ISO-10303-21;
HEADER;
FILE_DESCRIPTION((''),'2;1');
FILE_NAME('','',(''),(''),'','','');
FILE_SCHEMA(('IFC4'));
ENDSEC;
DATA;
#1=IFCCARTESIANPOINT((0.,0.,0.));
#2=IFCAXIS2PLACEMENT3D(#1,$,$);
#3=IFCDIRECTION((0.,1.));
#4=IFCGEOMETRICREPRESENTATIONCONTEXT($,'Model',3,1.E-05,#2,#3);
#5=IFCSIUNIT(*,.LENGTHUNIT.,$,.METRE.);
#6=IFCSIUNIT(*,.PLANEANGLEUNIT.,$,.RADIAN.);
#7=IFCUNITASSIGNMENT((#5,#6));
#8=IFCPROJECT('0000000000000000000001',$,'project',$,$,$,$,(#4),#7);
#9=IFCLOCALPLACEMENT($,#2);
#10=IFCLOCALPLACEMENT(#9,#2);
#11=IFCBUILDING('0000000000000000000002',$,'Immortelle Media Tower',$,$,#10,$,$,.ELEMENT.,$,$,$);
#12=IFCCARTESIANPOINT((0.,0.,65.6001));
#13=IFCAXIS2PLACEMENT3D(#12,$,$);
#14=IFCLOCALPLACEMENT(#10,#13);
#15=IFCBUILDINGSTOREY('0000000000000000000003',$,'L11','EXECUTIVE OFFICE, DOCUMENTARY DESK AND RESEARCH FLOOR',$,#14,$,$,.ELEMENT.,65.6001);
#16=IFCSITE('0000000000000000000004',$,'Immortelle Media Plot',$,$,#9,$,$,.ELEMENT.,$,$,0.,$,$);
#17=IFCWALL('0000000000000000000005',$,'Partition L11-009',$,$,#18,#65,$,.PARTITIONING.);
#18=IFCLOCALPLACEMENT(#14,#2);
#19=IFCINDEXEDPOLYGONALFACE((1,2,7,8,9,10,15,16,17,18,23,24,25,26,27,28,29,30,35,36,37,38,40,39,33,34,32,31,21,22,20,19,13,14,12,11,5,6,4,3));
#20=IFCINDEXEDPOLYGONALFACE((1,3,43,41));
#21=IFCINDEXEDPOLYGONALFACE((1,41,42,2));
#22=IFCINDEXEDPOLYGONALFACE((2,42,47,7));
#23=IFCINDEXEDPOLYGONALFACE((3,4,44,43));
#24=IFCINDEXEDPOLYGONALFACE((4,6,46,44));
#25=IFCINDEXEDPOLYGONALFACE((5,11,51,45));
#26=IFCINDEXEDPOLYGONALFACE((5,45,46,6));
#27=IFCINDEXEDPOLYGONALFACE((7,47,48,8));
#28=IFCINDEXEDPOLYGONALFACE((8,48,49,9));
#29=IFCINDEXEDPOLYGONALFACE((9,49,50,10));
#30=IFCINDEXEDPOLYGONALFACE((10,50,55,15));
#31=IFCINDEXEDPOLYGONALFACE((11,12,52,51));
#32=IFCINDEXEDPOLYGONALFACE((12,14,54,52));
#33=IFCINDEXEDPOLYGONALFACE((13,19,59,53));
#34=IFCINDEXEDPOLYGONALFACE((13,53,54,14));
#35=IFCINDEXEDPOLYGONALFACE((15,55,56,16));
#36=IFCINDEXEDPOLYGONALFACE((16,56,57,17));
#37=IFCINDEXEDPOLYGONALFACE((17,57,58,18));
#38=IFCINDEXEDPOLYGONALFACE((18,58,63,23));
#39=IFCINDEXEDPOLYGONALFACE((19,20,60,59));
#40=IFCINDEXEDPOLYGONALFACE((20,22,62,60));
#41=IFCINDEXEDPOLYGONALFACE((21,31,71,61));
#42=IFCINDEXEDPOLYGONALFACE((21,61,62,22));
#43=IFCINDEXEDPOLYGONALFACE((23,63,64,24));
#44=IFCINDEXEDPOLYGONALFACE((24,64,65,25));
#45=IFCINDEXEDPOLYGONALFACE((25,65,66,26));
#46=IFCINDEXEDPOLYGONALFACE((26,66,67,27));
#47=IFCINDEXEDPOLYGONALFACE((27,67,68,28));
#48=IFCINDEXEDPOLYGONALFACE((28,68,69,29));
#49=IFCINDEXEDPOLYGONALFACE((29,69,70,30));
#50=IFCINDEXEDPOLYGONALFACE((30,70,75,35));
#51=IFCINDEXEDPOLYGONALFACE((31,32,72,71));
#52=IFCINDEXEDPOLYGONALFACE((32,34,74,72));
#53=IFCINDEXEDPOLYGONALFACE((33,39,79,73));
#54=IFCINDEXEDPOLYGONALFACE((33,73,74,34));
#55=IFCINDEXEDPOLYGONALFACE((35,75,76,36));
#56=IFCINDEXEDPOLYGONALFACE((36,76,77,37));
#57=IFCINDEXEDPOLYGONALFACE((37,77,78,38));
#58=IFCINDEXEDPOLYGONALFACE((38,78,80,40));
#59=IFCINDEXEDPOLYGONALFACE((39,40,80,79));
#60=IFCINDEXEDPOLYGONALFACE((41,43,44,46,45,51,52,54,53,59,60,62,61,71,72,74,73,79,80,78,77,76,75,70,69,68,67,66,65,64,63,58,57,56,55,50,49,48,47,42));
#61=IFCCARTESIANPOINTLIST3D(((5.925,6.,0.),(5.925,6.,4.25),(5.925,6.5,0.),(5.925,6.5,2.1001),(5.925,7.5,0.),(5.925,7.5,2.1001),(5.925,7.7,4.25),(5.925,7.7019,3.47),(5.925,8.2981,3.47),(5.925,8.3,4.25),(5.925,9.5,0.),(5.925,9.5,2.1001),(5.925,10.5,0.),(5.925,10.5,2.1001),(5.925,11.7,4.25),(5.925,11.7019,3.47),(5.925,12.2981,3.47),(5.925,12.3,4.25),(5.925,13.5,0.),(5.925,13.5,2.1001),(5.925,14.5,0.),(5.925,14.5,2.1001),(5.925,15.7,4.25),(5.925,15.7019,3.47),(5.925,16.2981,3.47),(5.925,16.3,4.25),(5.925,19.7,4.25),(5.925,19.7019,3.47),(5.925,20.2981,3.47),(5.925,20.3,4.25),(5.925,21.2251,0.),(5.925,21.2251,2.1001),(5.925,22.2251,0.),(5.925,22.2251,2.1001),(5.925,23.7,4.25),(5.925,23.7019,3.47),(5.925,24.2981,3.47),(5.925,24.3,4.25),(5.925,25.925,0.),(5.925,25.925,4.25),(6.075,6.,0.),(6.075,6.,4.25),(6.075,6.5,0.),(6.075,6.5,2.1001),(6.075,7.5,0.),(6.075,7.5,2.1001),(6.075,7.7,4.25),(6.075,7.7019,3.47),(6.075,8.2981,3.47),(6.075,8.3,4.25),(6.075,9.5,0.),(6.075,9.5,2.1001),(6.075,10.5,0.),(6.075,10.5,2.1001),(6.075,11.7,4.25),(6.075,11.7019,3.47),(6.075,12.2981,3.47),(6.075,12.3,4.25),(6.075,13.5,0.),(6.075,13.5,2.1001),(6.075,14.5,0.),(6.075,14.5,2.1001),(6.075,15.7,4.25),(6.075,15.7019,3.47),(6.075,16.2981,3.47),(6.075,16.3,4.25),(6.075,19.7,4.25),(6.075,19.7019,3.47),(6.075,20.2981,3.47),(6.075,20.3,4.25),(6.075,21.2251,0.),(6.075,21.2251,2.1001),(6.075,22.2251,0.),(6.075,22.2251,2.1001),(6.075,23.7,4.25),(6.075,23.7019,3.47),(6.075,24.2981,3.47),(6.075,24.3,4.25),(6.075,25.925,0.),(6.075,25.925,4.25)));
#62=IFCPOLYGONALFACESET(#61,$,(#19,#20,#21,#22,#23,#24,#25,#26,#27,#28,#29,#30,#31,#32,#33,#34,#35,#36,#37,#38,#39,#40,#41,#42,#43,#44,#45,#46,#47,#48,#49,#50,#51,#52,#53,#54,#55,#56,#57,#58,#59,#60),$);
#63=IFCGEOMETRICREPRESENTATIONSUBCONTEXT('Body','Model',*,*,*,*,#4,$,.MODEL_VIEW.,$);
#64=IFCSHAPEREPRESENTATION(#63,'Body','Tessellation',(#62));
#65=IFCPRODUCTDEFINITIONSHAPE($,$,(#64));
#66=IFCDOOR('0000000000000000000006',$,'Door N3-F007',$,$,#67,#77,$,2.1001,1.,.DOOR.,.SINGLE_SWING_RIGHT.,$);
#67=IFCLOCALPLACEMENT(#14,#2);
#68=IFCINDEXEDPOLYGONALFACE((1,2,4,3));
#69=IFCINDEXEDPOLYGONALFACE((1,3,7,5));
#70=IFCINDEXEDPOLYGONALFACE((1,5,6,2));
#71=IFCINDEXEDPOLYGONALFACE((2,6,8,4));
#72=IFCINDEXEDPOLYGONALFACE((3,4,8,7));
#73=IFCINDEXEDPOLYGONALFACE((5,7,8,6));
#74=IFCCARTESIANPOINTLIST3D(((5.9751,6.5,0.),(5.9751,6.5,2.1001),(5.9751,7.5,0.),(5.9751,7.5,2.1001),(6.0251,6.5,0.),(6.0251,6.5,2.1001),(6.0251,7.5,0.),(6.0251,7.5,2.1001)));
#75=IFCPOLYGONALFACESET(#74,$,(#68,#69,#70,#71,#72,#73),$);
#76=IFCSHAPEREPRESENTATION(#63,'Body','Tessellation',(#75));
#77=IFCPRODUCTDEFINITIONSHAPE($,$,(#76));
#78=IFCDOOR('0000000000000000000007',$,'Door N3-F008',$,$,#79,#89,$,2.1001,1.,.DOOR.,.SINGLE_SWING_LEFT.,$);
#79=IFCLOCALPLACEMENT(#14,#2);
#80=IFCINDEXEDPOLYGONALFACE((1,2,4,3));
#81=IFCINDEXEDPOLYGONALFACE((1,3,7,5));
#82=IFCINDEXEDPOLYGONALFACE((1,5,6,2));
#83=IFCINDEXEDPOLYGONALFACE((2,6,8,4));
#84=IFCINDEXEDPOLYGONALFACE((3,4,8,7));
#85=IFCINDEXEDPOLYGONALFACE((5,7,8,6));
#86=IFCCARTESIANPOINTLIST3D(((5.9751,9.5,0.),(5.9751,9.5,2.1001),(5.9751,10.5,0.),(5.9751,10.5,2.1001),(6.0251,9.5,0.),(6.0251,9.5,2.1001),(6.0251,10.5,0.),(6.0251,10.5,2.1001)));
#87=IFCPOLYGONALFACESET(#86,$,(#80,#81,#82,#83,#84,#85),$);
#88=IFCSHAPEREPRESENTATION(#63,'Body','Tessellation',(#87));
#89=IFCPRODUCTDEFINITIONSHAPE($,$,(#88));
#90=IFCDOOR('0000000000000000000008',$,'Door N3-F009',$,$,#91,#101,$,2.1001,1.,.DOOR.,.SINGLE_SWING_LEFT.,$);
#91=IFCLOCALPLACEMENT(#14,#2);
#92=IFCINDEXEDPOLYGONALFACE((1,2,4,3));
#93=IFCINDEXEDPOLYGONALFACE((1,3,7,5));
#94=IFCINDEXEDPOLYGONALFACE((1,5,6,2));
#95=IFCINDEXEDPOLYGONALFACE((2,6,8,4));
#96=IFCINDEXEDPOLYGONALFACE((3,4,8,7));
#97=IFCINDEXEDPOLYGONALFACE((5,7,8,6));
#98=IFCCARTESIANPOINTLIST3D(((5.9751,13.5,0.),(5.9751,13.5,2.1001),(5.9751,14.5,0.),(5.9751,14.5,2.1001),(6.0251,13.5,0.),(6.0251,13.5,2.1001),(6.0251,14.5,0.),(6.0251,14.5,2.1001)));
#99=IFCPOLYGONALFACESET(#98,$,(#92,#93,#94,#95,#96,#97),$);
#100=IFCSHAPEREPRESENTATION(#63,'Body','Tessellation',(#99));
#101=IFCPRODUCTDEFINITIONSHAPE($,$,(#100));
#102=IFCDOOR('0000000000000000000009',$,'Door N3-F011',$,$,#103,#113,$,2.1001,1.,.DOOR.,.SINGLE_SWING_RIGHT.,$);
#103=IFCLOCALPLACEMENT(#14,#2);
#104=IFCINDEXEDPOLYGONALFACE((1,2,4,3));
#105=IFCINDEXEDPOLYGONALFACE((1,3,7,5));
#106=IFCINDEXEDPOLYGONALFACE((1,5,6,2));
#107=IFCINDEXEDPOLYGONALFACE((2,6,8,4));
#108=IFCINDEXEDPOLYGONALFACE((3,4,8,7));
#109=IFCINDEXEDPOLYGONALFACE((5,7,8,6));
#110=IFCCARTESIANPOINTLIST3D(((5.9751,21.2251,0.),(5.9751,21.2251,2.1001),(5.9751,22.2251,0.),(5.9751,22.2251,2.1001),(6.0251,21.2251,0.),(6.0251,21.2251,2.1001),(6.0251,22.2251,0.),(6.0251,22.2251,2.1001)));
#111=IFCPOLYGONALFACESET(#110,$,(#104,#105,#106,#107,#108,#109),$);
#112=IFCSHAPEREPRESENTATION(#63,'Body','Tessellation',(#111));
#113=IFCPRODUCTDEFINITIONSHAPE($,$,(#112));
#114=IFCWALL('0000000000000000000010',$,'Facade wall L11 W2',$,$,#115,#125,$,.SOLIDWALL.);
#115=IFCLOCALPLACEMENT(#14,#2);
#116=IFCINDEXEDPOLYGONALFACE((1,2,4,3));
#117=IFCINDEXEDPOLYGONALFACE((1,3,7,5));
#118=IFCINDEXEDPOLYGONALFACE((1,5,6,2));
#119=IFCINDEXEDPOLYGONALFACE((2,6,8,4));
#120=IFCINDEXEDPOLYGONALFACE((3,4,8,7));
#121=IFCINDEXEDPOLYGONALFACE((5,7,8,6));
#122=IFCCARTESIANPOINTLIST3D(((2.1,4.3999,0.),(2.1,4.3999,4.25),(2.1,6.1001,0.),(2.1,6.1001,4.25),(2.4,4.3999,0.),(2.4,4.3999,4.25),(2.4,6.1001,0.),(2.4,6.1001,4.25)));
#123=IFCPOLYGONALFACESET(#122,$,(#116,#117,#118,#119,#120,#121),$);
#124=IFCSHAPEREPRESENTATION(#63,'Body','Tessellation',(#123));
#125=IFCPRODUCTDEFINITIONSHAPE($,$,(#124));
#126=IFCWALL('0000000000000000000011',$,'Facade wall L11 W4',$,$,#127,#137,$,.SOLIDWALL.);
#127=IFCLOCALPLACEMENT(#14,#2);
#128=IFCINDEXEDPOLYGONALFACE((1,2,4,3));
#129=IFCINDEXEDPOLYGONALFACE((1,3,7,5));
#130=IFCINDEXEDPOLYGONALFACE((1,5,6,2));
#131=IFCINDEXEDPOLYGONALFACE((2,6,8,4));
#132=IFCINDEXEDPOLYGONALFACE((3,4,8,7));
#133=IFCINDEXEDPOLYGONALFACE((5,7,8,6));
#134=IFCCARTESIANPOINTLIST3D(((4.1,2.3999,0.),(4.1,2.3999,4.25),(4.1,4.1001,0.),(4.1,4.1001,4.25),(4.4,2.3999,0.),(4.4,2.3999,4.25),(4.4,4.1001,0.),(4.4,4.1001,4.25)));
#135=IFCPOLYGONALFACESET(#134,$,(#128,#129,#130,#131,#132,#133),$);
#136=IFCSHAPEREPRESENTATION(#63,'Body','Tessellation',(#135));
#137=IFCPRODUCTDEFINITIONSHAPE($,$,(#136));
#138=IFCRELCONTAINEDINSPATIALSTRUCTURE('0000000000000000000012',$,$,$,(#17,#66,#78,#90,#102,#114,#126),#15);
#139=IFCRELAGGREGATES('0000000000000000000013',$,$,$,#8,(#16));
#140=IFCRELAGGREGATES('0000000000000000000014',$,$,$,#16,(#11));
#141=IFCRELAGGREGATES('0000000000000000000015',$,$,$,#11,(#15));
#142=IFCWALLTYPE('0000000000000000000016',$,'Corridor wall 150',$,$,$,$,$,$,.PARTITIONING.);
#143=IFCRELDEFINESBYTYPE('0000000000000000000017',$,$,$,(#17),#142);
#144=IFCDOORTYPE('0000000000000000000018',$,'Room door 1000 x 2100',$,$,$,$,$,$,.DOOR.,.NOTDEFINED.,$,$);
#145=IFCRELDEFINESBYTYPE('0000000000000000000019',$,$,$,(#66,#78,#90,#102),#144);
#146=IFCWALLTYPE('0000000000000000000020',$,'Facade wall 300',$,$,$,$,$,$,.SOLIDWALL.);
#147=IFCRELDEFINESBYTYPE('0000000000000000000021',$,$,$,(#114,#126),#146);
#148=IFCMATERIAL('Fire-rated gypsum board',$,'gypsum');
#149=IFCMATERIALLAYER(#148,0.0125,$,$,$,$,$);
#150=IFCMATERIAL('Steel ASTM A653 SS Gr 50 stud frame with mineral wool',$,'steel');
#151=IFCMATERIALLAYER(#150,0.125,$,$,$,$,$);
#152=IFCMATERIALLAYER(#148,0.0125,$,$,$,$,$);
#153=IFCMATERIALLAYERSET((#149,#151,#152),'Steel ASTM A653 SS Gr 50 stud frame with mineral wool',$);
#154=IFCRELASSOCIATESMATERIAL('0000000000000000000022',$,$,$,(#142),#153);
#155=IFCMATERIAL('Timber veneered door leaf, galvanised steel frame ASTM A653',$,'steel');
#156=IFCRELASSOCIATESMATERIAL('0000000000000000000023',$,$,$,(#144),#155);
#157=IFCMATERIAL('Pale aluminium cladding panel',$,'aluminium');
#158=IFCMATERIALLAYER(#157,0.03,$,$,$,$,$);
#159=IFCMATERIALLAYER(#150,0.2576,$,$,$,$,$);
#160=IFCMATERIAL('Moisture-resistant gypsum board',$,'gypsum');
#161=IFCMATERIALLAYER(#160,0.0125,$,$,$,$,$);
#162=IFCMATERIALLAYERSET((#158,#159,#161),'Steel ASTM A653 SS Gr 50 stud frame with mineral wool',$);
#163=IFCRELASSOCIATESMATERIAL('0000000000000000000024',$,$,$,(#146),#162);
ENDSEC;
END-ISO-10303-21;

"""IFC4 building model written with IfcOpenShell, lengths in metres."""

from ifc_helpers import new_model, si_unit, direction, frame, frame_2d, origin, place, context, subcontext, project, spatial, polyline, rectangle, outline, extrude, material, layer, layer_set, type_object, element, fill, save


model = new_model("IFC4")

# Units and contexts
model_context = context("Model", 3, precision=1e-05, world=origin(), true_north=direction((0.0, 1.0)))
body_context = subcontext(model_context, "Body", "Model", "MODEL_VIEW")
ifc_project = project(units=[si_unit("LENGTHUNIT", "METRE"), si_unit("PLANEANGLEUNIT", "RADIAN")], contexts=[model_context])

# Site, building, storey
site_placement = place(None, origin())
site = spatial("IfcSite", under=ifc_project, at=site_placement, Name="Immortelle Media Plot", CompositionType="ELEMENT", RefElevation=0.0)
building_placement = place(site_placement, origin())
building = spatial("IfcBuilding", under=site, at=building_placement, Name="Immortelle Media Tower", CompositionType="ELEMENT")
storey_placement = place(building_placement, frame((0.0, 0.0, 65.6001)))
storey = spatial("IfcBuildingStorey", under=building, at=storey_placement, Name="L11", Description="EXECUTIVE OFFICE, DOCUMENTARY DESK AND RESEARCH FLOOR", CompositionType="ELEMENT", Elevation=65.6001)

# Wall, openings, doors
ifc_material_1 = material(Name="Fire-rated gypsum board", Category="gypsum")
ifc_layer_1 = layer(ifc_material_1, 0.0125)
ifc_material_2 = material(Name="Steel ASTM A653 SS Gr 50 stud frame with mineral wool", Category="steel")
ifc_layer_2 = layer(ifc_material_2, 0.125)
ifc_layer_3 = layer(ifc_material_1, 0.0125)
ifc_layer_set_1 = layer_set([ifc_layer_1, ifc_layer_2, ifc_layer_3], Name="Steel ASTM A653 SS Gr 50 stud frame with mineral wool")
wall_type_1 = type_object("IfcWallType", Name="Corridor wall 150", PredefinedType="PARTITIONING", material=ifc_layer_set_1)
ifc_material_3 = material(Name="Timber veneered door leaf, galvanised steel frame ASTM A653", Category="steel")
door_type_1 = type_object("IfcDoorType", Name="Room door 1000 x 2100", OperationType="NOTDEFINED", PredefinedType="DOOR", material=ifc_material_3)
wall_1_placement = place(storey_placement, frame((6.0, 6.0, 0.0), z_axis=(0.0, 0.0, 1.0), x_axis=(0.0, 1.0, 0.0)))
wall_1 = element("IfcWall", 1, at=wall_1_placement, inside=storey, type_object=wall_type_1, Name="Partition L11-009", PredefinedType="PARTITIONING", context=body_context, shape_type="SweptSolid", body=[
    extrude(outline(polyline([(0.0, 0.0), (19.925, 0.0), (19.925, 4.25), (18.3, 4.25), (18.2981, 3.47), (17.7019, 3.47), (17.7, 4.25), (14.3, 4.25), (14.2981, 3.47), (13.7019, 3.47), (13.7, 4.25), (10.3, 4.25), (10.2981, 3.47), (9.7019, 3.47), (9.7, 4.25), (6.3, 4.25), (6.2981, 3.47), (5.7019, 3.47), (5.7, 4.25), (2.3, 4.25), (2.2981, 3.47), (1.7019, 3.47), (1.7, 4.25), (0.0, 4.25), (0.0, 0.0)])), frame((0.0, 0.075, 0.0), z_axis=(0.0, -1.0, 0.0), x_axis=(1.0, 0.0, 0.0)), (0.0, 0.0, 1.0), 0.1499),
])
opening_1_placement = place(wall_1_placement, frame((0.5, 0.0, 0.0)))
opening_1 = element("IfcOpeningElement", 2, at=opening_1_placement, cuts=wall_1, PredefinedType="OPENING", context=body_context, shape_type="SweptSolid", body=[
    extrude(rectangle(XDim=1.0, YDim=2.1001, at=frame_2d((0.5, 1.05))), frame((0.0, 0.085, 0.0), z_axis=(0.0, -1.0, 0.0), x_axis=(1.0, 0.0, 0.0)), (0.0, 0.0, 1.0), 0.1699),
])
opening_2_placement = place(wall_1_placement, frame((3.5, 0.0, 0.0)))
opening_2 = element("IfcOpeningElement", 3, at=opening_2_placement, cuts=wall_1, PredefinedType="OPENING", context=body_context, shape_type="SweptSolid", body=[
    extrude(rectangle(XDim=1.0, YDim=2.1001, at=frame_2d((0.5, 1.05))), frame((0.0, 0.085, 0.0), z_axis=(0.0, -1.0, 0.0), x_axis=(1.0, 0.0, 0.0)), (0.0, 0.0, 1.0), 0.1699),
])
opening_3_placement = place(wall_1_placement, frame((7.5, 0.0, 0.0)))
opening_3 = element("IfcOpeningElement", 4, at=opening_3_placement, cuts=wall_1, PredefinedType="OPENING", context=body_context, shape_type="SweptSolid", body=[
    extrude(rectangle(XDim=1.0, YDim=2.1001, at=frame_2d((0.5, 1.05))), frame((0.0, 0.085, 0.0), z_axis=(0.0, -1.0, 0.0), x_axis=(1.0, 0.0, 0.0)), (0.0, 0.0, 1.0), 0.1699),
])
opening_4_placement = place(wall_1_placement, frame((15.2251, 0.0, 0.0)))
opening_4 = element("IfcOpeningElement", 5, at=opening_4_placement, cuts=wall_1, PredefinedType="OPENING", context=body_context, shape_type="SweptSolid", body=[
    extrude(rectangle(XDim=1.0, YDim=2.1001, at=frame_2d((0.5, 1.05))), frame((0.0, 0.085, 0.0), z_axis=(0.0, -1.0, 0.0), x_axis=(1.0, 0.0, 0.0)), (0.0, 0.0, 1.0), 0.1699),
])
door_1_placement = place(opening_1_placement, origin())
door_1 = element("IfcDoor", 6, at=door_1_placement, inside=storey, type_object=door_type_1, Name="Door N3-F007", OperationType="SINGLE_SWING_RIGHT", OverallHeight=2.1001, OverallWidth=1.0, PredefinedType="DOOR", context=body_context, shape_type="SweptSolid", body=[
    extrude(rectangle(XDim=1.0, YDim=2.1001, at=frame_2d((0.5, 1.05))), frame((0.0, 0.0249, 0.0), z_axis=(0.0, -1.0, 0.0), x_axis=(1.0, 0.0, 0.0)), (0.0, 0.0, 1.0), 0.05),
])
fill(opening_1, door_1)
door_2_placement = place(opening_2_placement, origin())
door_2 = element("IfcDoor", 7, at=door_2_placement, inside=storey, type_object=door_type_1, Name="Door N3-F008", OperationType="SINGLE_SWING_LEFT", OverallHeight=2.1001, OverallWidth=1.0, PredefinedType="DOOR", context=body_context, shape_type="SweptSolid", body=[
    extrude(rectangle(XDim=1.0, YDim=2.1001, at=frame_2d((0.5, 1.05))), frame((0.0, 0.0249, 0.0), z_axis=(0.0, -1.0, 0.0), x_axis=(1.0, 0.0, 0.0)), (0.0, 0.0, 1.0), 0.05),
])
fill(opening_2, door_2)
door_3_placement = place(opening_3_placement, origin())
door_3 = element("IfcDoor", 8, at=door_3_placement, inside=storey, type_object=door_type_1, Name="Door N3-F009", OperationType="SINGLE_SWING_LEFT", OverallHeight=2.1001, OverallWidth=1.0, PredefinedType="DOOR", context=body_context, shape_type="SweptSolid", body=[
    extrude(rectangle(XDim=1.0, YDim=2.1001, at=frame_2d((0.5, 1.05))), frame((0.0, 0.0249, 0.0), z_axis=(0.0, -1.0, 0.0), x_axis=(1.0, 0.0, 0.0)), (0.0, 0.0, 1.0), 0.05),
])
fill(opening_3, door_3)
door_4_placement = place(opening_4_placement, origin())
door_4 = element("IfcDoor", 9, at=door_4_placement, inside=storey, type_object=door_type_1, Name="Door N3-F011", OperationType="SINGLE_SWING_RIGHT", OverallHeight=2.1001, OverallWidth=1.0, PredefinedType="DOOR", context=body_context, shape_type="SweptSolid", body=[
    extrude(rectangle(XDim=1.0, YDim=2.1001, at=frame_2d((0.5, 1.05))), frame((0.0, 0.0249, 0.0), z_axis=(0.0, -1.0, 0.0), x_axis=(1.0, 0.0, 0.0)), (0.0, 0.0, 1.0), 0.05),
])
fill(opening_4, door_4)

# Walls
ifc_material_4 = material(Name="Pale aluminium cladding panel", Category="aluminium")
ifc_layer_4 = layer(ifc_material_4, 0.03)
ifc_layer_5 = layer(ifc_material_2, 0.2576)
ifc_material_5 = material(Name="Moisture-resistant gypsum board", Category="gypsum")
ifc_layer_6 = layer(ifc_material_5, 0.0125)
ifc_layer_set_2 = layer_set([ifc_layer_4, ifc_layer_5, ifc_layer_6], Name="Steel ASTM A653 SS Gr 50 stud frame with mineral wool")
wall_type_2 = type_object("IfcWallType", Name="Facade wall 300", PredefinedType="SOLIDWALL", material=ifc_layer_set_2)
for number, where, z_axis, x_axis, name in (
    (10, (2.25, 6.1001, 0.0), (0.0, 0.0, 1.0), (0.0, -1.0, 0.0), "Facade wall L11 W2"),
    (11, (4.25, 4.1001, 0.0), (0.0, 0.0, 1.0), (0.0, -1.0, 0.0), "Facade wall L11 W4"),
):
    element("IfcWall", number, at=place(storey_placement, frame(where, z_axis=z_axis, x_axis=x_axis)), inside=storey, type_object=wall_type_2, Name=name, PredefinedType="SOLIDWALL", context=body_context, shape_type="SweptSolid", body=[
        extrude(rectangle(XDim=1.7002, YDim=0.3, at=frame_2d((0.8501, 0.0))), origin(), (0.0, 0.0, 1.0), 4.25),
    ])

save(model, "model.ifc")
